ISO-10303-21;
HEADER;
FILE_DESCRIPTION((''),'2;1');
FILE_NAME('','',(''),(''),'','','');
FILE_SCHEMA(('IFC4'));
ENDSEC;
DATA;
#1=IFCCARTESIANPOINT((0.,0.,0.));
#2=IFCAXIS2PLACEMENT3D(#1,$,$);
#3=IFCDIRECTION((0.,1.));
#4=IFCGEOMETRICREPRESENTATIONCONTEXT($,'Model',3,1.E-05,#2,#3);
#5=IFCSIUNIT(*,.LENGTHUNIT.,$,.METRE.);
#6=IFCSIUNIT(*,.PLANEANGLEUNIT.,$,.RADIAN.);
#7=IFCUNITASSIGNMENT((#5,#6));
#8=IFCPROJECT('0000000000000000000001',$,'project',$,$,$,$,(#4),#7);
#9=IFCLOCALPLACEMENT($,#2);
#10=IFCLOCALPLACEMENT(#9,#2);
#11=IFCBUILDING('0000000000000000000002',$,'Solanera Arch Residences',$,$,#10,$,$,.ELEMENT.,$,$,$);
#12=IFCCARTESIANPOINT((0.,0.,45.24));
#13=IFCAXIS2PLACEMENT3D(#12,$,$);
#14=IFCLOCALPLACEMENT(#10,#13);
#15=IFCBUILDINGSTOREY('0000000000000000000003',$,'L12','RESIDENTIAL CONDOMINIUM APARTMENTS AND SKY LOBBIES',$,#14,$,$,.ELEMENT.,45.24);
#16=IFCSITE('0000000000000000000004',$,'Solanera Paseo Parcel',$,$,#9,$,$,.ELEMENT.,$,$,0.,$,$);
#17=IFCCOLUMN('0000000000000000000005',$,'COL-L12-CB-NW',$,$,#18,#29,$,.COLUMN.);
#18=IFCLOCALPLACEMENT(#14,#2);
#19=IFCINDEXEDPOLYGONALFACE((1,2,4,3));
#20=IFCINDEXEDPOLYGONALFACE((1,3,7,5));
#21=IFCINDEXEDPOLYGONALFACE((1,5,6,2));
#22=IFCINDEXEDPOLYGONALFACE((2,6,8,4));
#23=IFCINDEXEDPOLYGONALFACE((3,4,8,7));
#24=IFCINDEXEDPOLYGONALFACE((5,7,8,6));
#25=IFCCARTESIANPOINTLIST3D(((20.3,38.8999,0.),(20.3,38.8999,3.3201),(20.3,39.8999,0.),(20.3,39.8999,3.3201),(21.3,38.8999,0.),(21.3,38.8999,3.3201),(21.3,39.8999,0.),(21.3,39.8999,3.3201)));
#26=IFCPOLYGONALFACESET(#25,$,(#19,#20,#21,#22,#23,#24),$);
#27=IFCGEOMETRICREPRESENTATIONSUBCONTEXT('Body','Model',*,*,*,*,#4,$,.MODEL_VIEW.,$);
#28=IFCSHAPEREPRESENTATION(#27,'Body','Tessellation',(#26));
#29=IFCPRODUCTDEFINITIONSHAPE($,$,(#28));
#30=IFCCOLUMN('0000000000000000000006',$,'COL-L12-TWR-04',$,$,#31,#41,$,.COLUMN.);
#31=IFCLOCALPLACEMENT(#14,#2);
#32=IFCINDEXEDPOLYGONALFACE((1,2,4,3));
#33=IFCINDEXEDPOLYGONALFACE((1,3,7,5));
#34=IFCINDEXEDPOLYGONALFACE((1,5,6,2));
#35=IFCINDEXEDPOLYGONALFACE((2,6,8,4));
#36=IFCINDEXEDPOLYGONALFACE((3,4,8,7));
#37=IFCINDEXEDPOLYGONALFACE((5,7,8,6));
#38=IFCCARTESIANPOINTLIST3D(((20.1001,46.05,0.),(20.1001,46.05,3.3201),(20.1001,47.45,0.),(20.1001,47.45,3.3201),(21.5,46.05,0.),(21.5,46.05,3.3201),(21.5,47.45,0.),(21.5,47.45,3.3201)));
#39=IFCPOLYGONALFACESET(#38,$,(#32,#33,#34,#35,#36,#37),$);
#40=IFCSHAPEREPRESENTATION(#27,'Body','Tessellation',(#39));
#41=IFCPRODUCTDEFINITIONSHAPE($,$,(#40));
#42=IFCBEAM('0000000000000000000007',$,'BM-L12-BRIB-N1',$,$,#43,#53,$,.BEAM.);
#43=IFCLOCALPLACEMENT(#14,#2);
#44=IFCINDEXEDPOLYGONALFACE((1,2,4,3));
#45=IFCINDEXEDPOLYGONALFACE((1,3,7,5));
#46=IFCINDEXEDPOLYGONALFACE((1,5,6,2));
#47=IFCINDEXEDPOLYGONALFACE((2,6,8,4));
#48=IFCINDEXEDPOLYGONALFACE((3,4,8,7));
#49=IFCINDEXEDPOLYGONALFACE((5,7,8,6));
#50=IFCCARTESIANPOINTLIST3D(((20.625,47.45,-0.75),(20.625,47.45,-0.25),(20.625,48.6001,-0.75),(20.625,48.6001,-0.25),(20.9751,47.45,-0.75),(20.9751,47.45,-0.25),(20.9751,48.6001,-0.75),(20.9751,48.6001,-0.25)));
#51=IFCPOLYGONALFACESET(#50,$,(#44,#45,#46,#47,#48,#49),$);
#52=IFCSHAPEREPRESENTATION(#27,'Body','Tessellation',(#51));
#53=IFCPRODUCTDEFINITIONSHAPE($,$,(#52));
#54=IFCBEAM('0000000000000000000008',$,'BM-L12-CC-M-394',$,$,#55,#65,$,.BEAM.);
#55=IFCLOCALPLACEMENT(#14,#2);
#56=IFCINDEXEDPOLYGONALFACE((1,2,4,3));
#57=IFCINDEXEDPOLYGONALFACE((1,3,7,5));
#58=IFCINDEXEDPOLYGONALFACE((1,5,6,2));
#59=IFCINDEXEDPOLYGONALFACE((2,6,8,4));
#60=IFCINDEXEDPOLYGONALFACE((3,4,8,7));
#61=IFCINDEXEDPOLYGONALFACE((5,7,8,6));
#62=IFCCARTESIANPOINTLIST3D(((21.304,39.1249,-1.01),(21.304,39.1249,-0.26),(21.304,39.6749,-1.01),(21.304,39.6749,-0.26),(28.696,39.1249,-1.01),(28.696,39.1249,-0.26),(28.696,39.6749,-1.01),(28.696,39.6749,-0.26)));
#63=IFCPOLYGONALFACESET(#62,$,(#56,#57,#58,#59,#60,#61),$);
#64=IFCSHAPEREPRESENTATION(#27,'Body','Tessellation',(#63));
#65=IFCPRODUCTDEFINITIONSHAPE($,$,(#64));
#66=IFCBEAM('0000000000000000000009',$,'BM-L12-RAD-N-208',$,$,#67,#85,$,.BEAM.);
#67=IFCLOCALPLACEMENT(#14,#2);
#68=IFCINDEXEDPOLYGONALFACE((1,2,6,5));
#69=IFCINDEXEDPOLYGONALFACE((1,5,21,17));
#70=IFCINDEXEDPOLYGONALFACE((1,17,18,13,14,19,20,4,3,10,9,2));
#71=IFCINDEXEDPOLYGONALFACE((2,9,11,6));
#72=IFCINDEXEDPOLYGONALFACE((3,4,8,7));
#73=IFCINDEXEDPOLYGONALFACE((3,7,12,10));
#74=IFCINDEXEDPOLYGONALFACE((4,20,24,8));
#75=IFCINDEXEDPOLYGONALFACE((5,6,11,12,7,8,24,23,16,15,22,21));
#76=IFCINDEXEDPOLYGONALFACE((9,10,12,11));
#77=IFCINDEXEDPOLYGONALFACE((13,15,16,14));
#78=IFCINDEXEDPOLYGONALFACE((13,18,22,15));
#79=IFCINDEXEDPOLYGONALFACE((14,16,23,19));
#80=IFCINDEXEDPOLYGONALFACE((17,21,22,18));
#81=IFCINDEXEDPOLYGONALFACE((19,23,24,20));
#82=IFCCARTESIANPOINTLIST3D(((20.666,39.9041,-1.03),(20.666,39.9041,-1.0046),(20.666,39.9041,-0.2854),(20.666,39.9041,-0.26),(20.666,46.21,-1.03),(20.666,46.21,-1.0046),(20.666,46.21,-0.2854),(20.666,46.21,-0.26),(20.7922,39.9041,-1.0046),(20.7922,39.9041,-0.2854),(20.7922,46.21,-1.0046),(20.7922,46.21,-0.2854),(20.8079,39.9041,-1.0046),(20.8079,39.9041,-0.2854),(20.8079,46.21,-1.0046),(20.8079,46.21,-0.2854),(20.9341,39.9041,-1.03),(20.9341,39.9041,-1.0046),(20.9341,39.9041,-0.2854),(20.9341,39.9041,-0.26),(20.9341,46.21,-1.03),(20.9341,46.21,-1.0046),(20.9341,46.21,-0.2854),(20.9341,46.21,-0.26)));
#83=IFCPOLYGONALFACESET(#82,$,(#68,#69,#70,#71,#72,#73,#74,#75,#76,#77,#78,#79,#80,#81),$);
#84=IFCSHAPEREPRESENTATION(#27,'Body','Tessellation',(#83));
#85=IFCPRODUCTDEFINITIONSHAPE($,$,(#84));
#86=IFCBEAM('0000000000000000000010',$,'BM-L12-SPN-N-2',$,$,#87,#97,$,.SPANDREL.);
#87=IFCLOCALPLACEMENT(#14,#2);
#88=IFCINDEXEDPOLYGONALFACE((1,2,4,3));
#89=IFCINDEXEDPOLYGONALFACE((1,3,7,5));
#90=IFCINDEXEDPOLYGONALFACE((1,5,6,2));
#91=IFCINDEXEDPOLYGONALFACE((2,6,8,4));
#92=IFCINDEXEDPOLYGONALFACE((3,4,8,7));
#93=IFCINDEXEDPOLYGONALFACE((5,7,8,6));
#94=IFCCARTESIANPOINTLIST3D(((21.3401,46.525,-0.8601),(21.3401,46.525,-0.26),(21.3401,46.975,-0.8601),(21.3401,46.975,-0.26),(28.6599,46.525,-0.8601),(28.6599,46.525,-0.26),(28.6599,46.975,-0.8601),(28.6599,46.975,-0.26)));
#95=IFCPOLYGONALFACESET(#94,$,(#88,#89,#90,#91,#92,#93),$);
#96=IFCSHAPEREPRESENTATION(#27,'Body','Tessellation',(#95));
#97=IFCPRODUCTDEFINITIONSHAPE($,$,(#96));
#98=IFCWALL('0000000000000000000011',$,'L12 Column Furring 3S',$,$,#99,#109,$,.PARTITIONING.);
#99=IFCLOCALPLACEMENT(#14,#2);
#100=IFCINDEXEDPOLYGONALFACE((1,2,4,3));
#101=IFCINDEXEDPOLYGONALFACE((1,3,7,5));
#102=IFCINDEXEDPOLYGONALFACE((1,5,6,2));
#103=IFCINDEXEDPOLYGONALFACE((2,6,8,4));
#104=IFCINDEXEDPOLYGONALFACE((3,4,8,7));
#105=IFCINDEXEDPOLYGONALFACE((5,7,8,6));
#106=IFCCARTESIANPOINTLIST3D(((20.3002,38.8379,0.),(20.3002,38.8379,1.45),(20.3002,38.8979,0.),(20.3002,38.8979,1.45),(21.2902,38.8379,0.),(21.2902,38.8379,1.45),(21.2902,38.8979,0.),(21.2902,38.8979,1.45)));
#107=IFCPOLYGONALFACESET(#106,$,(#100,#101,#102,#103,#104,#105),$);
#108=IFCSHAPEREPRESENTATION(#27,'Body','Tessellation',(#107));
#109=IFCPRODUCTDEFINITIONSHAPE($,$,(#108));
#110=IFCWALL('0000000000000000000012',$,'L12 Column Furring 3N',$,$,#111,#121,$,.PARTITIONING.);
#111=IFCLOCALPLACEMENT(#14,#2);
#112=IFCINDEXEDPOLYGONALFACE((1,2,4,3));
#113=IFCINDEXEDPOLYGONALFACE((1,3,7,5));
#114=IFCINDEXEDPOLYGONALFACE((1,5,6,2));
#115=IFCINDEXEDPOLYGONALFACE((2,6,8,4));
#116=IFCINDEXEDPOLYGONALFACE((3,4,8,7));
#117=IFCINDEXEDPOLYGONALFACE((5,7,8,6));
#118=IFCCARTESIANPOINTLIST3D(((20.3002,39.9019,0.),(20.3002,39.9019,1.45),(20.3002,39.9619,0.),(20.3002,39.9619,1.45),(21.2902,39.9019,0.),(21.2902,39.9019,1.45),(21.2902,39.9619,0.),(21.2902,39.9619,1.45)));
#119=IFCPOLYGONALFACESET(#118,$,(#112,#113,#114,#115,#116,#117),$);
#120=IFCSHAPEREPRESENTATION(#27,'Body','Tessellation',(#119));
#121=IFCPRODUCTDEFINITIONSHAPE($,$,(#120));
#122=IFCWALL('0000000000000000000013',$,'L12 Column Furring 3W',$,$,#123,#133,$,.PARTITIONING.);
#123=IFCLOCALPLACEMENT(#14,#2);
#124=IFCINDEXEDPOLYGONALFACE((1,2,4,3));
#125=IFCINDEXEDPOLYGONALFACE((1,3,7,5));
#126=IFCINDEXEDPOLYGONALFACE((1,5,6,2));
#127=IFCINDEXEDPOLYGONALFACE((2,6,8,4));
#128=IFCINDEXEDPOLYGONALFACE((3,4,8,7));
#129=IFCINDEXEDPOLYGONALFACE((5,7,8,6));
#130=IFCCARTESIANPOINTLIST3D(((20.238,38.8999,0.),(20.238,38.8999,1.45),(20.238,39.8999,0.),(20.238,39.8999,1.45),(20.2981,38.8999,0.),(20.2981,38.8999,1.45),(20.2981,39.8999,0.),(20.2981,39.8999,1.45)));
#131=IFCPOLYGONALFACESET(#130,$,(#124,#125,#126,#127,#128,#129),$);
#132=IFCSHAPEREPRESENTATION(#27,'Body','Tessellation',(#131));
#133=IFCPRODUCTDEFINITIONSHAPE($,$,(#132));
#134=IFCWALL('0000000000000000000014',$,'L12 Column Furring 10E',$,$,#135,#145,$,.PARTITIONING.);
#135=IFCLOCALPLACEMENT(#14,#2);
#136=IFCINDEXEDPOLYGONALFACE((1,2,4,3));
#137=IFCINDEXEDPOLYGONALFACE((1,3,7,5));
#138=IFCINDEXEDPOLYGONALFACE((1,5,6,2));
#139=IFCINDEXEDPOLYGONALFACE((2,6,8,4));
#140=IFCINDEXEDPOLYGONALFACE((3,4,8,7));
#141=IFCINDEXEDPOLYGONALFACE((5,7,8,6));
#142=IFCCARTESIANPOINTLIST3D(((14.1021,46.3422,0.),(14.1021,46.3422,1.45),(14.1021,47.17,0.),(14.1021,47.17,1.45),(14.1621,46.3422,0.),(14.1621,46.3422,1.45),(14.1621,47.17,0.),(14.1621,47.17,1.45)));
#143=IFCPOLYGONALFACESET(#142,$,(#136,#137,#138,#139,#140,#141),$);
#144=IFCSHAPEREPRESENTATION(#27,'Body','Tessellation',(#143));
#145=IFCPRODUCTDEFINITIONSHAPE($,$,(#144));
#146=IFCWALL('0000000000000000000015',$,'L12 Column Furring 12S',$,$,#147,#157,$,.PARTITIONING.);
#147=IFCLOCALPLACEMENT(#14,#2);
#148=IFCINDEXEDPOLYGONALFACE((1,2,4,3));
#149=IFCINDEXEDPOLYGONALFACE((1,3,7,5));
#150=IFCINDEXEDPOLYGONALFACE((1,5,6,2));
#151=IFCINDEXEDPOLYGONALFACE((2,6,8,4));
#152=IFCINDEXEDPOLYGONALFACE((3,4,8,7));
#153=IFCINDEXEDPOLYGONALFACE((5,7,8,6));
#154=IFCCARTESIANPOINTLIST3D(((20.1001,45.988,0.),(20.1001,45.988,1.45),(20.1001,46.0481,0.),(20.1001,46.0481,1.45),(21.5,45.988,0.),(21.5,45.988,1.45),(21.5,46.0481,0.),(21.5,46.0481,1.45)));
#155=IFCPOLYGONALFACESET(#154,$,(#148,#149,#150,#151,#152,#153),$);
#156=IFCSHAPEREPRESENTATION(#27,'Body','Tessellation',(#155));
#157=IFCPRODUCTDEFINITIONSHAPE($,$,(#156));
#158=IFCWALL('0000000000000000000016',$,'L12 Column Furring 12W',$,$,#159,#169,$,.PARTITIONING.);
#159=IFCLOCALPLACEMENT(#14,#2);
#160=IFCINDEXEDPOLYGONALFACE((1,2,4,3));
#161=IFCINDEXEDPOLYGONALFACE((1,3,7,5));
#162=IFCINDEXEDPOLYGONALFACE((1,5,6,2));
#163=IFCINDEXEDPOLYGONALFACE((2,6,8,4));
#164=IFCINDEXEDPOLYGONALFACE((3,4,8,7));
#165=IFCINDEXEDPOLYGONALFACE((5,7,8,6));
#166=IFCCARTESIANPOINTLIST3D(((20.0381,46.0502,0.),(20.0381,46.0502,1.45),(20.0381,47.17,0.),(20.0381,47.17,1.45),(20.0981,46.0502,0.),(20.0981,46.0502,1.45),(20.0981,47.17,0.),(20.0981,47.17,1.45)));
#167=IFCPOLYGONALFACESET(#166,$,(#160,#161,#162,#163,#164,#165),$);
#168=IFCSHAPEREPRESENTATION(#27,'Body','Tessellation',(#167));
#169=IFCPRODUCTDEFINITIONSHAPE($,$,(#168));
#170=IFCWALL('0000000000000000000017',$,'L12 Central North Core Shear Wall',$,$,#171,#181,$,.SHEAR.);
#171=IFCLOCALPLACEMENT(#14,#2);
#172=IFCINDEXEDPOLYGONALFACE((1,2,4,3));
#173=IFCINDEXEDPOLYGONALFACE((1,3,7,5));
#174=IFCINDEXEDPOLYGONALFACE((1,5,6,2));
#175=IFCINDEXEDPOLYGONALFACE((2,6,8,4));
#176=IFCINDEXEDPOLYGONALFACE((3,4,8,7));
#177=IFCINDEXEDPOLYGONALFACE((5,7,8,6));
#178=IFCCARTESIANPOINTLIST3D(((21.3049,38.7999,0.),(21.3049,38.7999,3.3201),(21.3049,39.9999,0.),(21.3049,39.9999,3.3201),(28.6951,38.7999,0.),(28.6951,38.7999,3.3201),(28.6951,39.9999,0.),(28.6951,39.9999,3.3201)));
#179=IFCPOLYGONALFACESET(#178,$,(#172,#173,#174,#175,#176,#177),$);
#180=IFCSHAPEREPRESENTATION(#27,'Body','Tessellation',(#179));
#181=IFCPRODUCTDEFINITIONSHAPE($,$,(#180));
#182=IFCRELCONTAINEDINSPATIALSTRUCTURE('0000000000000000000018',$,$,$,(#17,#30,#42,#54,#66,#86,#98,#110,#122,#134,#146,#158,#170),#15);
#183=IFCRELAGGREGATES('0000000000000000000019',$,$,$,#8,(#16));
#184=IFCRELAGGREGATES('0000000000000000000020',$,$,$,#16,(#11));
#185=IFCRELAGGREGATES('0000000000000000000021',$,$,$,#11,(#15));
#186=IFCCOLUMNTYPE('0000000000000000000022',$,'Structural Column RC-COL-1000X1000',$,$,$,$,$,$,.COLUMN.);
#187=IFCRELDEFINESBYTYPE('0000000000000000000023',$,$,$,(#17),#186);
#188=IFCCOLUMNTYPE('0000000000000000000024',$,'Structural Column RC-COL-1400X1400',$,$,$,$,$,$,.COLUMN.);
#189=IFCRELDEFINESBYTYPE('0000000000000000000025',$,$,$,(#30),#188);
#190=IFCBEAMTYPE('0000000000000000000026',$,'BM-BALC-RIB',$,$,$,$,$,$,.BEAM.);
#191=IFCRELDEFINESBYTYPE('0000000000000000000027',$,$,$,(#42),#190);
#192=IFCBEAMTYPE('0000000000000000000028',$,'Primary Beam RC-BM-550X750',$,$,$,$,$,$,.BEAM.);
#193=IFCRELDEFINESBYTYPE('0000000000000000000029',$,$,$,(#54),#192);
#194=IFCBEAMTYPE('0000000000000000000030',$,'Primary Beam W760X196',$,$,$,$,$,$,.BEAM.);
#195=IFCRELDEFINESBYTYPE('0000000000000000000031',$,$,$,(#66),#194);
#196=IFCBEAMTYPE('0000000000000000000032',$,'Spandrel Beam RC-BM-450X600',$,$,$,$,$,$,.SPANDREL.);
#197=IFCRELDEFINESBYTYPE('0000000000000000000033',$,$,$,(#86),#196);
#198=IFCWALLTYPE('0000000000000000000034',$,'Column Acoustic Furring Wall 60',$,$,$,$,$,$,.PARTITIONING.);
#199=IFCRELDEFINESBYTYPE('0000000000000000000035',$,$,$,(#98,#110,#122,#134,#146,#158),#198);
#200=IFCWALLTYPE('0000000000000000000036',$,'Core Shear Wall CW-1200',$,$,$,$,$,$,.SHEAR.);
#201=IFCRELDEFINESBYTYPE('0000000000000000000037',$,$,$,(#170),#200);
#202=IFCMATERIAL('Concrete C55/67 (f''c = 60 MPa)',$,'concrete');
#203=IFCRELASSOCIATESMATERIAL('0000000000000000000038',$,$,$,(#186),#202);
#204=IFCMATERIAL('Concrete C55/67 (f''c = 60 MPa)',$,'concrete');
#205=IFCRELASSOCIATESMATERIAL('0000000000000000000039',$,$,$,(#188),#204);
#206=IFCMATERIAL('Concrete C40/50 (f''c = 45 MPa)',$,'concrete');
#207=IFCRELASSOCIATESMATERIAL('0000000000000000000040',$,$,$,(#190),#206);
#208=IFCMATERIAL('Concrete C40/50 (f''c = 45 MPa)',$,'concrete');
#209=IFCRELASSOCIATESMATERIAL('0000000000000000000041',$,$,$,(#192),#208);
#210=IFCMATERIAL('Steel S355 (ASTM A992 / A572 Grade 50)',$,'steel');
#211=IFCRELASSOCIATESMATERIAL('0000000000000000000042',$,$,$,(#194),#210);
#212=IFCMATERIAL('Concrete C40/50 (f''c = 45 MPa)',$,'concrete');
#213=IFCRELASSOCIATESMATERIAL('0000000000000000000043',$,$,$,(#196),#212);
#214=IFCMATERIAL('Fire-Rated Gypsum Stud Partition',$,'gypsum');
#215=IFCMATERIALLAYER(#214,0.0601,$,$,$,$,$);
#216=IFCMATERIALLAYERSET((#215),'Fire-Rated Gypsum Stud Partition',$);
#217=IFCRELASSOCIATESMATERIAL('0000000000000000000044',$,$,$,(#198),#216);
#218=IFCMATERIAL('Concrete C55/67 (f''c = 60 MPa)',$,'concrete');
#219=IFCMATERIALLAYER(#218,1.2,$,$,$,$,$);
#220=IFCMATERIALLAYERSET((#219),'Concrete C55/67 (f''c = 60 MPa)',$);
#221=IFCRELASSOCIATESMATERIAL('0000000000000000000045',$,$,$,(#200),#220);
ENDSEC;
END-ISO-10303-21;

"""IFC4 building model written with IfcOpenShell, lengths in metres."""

from ifc_helpers import new_model, si_unit, direction, frame, frame_2d, origin, origin_2d, place, context, subcontext, project, spatial, rectangle, i_section, extrude, material, layer, layer_set, material_profile, profile_set, type_object, element, save


model = new_model("IFC4")

# Units and contexts
model_context = context("Model", 3, precision=1e-05, world=origin(), true_north=direction((0.0, 1.0)))
body_context = subcontext(model_context, "Body", "Model", "MODEL_VIEW")
ifc_project = project(units=[si_unit("LENGTHUNIT", "METRE"), si_unit("PLANEANGLEUNIT", "RADIAN")], contexts=[model_context])

# Site, building, storey
site_placement = place(None, origin())
site = spatial("IfcSite", under=ifc_project, at=site_placement, Name="Solanera Paseo Parcel", CompositionType="ELEMENT", RefElevation=0.0)
building_placement = place(site_placement, origin())
building = spatial("IfcBuilding", under=site, at=building_placement, Name="Solanera Arch Residences", CompositionType="ELEMENT")
storey_placement = place(building_placement, frame((0.0, 0.0, 45.24)))
storey = spatial("IfcBuildingStorey", under=building, at=storey_placement, Name="L12", Description="RESIDENTIAL CONDOMINIUM APARTMENTS AND SKY LOBBIES", CompositionType="ELEMENT", Elevation=45.24)

# Columns
ifc_material_1 = material(Name="Concrete C55/67 (f'c = 60 MPa)", Category="concrete")
ifc_material_profile_1 = material_profile(ifc_material_1, rectangle(XDim=1.0, YDim=1.0, at=origin_2d()))
ifc_profile_set_1 = profile_set([ifc_material_profile_1], Name="Concrete C55/67 (f'c = 60 MPa)")
column_type_1 = type_object("IfcColumnType", Name="Structural Column RC-COL-1000X1000", PredefinedType="COLUMN", material=ifc_profile_set_1)
column_1_placement = place(storey_placement, frame((20.8, 39.3999, 0.0), z_axis=(0.0, 0.0, 1.0), x_axis=(1.0, 0.0, 0.0)))
element("IfcColumn", 1, at=column_1_placement, inside=storey, type_object=column_type_1, Name="COL-L12-CB-NW", PredefinedType="COLUMN", context=body_context, shape_type="SweptSolid", body=[
    extrude(rectangle(XDim=1.0, YDim=1.0, at=origin_2d()), origin(), (0.0, 0.0, 1.0), 3.3201),
])
ifc_material_2 = material(Name="Concrete C55/67 (f'c = 60 MPa)", Category="concrete")
ifc_material_profile_2 = material_profile(ifc_material_2, rectangle(XDim=1.3999, YDim=1.3999, at=origin_2d()))
ifc_profile_set_2 = profile_set([ifc_material_profile_2], Name="Concrete C55/67 (f'c = 60 MPa)")
column_type_2 = type_object("IfcColumnType", Name="Structural Column RC-COL-1400X1400", PredefinedType="COLUMN", material=ifc_profile_set_2)
column_2_placement = place(storey_placement, frame((20.8, 46.75, 0.0), z_axis=(0.0, 0.0, 1.0), x_axis=(1.0, 0.0, 0.0)))
element("IfcColumn", 2, at=column_2_placement, inside=storey, type_object=column_type_2, Name="COL-L12-TWR-04", PredefinedType="COLUMN", context=body_context, shape_type="SweptSolid", body=[
    extrude(rectangle(XDim=1.3999, YDim=1.3999, at=origin_2d()), origin(), (0.0, 0.0, 1.0), 3.3201),
])

# Beams
ifc_material_3 = material(Name="Concrete C40/50 (f'c = 45 MPa)", Category="concrete")
ifc_material_profile_3 = material_profile(ifc_material_3, rectangle(XDim=0.3501, YDim=0.5, at=origin_2d()))
ifc_profile_set_3 = profile_set([ifc_material_profile_3], Name="Concrete C40/50 (f'c = 45 MPa)")
beam_type_1 = type_object("IfcBeamType", Name="BM-BALC-RIB", PredefinedType="BEAM", material=ifc_profile_set_3)
beam_1_placement = place(storey_placement, frame((20.8, 47.45, -0.5), z_axis=(0.0, 1.0, 0.0), x_axis=(-1.0, 0.0, 0.0)))
element("IfcBeam", 3, at=beam_1_placement, inside=storey, type_object=beam_type_1, Name="BM-L12-BRIB-N1", PredefinedType="BEAM", context=body_context, shape_type="SweptSolid", body=[
    extrude(rectangle(XDim=0.3501, YDim=0.5, at=origin_2d()), origin(), (0.0, 0.0, 1.0), 1.1501),
])
ifc_material_4 = material(Name="Concrete C40/50 (f'c = 45 MPa)", Category="concrete")
ifc_material_profile_4 = material_profile(ifc_material_4, rectangle(XDim=0.55, YDim=0.75, at=origin_2d()))
ifc_profile_set_4 = profile_set([ifc_material_profile_4], Name="Concrete C40/50 (f'c = 45 MPa)")
beam_type_2 = type_object("IfcBeamType", Name="Primary Beam RC-BM-550X750", PredefinedType="BEAM", material=ifc_profile_set_4)
beam_2_placement = place(storey_placement, frame((21.304, 39.3999, -0.635), z_axis=(1.0, 0.0, 0.0), x_axis=(0.0, 1.0, 0.0)))
element("IfcBeam", 4, at=beam_2_placement, inside=storey, type_object=beam_type_2, Name="BM-L12-CC-M-394", PredefinedType="BEAM", context=body_context, shape_type="SweptSolid", body=[
    extrude(rectangle(XDim=0.55, YDim=0.75, at=origin_2d()), origin(), (0.0, 0.0, 1.0), 7.3921),
])
ifc_material_5 = material(Name="Steel S355 (ASTM A992 / A572 Grade 50)", Category="steel")
ifc_material_profile_5 = material_profile(ifc_material_5, i_section(OverallWidth=0.2681, OverallDepth=0.77, WebThickness=0.0156, FlangeThickness=0.0254, at=origin_2d()))
ifc_profile_set_5 = profile_set([ifc_material_profile_5], Name="Steel S355 (ASTM A992 / A572 Grade 50)")
beam_type_3 = type_object("IfcBeamType", Name="Primary Beam W760X196", PredefinedType="BEAM", material=ifc_profile_set_5)
beam_3_placement = place(storey_placement, frame((20.8, 39.9041, -0.645), z_axis=(0.0, 1.0, 0.0), x_axis=(-1.0, 0.0, 0.0)))
element("IfcBeam", 5, at=beam_3_placement, inside=storey, type_object=beam_type_3, Name="BM-L12-RAD-N-208", PredefinedType="BEAM", context=body_context, shape_type="SweptSolid", body=[
    extrude(i_section(OverallWidth=0.2681, OverallDepth=0.77, WebThickness=0.0156, FlangeThickness=0.0254, at=origin_2d()), origin(), (0.0, 0.0, 1.0), 6.3059),
])
ifc_material_6 = material(Name="Concrete C40/50 (f'c = 45 MPa)", Category="concrete")
ifc_material_profile_6 = material_profile(ifc_material_6, rectangle(XDim=0.45, YDim=0.6001, at=origin_2d()))
ifc_profile_set_6 = profile_set([ifc_material_profile_6], Name="Concrete C40/50 (f'c = 45 MPa)")
beam_type_4 = type_object("IfcBeamType", Name="Spandrel Beam RC-BM-450X600", PredefinedType="SPANDREL", material=ifc_profile_set_6)
beam_4_placement = place(storey_placement, frame((21.3401, 46.75, -0.5601), z_axis=(1.0, 0.0, 0.0), x_axis=(0.0, 1.0, 0.0)))
element("IfcBeam", 6, at=beam_4_placement, inside=storey, type_object=beam_type_4, Name="BM-L12-SPN-N-2", PredefinedType="SPANDREL", context=body_context, shape_type="SweptSolid", body=[
    extrude(rectangle(XDim=0.45, YDim=0.6001, at=origin_2d()), origin(), (0.0, 0.0, 1.0), 7.3198),
])

# Walls
ifc_material_7 = material(Name="Fire-Rated Gypsum Stud Partition", Category="gypsum")
ifc_layer_1 = layer(ifc_material_7, 0.0601)
ifc_layer_set_1 = layer_set([ifc_layer_1], Name="Fire-Rated Gypsum Stud Partition")
wall_type_1 = type_object("IfcWallType", Name="Column Acoustic Furring Wall 60", PredefinedType="PARTITIONING", material=ifc_layer_set_1)
for number, where, z_axis, x_axis, name in (
    (7, (20.3, 38.8679, 0.0), (0.0, 0.0, 1.0), (1.0, 0.0, 0.0), "L12 Column Furring 3S"),
    (8, (20.3, 39.9319, 0.0), (0.0, 0.0, 1.0), (1.0, 0.0, 0.0), "L12 Column Furring 3N"),
):
    element("IfcWall", number, at=place(storey_placement, frame(where, z_axis=z_axis, x_axis=x_axis)), inside=storey, type_object=wall_type_1, Name=name, PredefinedType="PARTITIONING", context=body_context, shape_type="SweptSolid", body=[
        extrude(rectangle(XDim=0.99, YDim=0.0601, at=frame_2d((0.4951, 0.0))), origin(), (0.0, 0.0, 1.0), 1.45),
    ])
wall_1_placement = place(storey_placement, frame((20.2681, 38.8999, 0.0), z_axis=(0.0, 0.0, 1.0), x_axis=(0.0, 1.0, 0.0)))
element("IfcWall", 9, at=wall_1_placement, inside=storey, type_object=wall_type_1, Name="L12 Column Furring 3W", PredefinedType="PARTITIONING", context=body_context, shape_type="SweptSolid", body=[
    extrude(rectangle(XDim=1.0, YDim=0.0601, at=frame_2d((0.5, 0.0))), origin(), (0.0, 0.0, 1.0), 1.45),
])
wall_2_placement = place(storey_placement, frame((14.1321, 46.342, 0.0), z_axis=(0.0, 0.0, 1.0), x_axis=(0.0, 1.0, 0.0)))
element("IfcWall", 10, at=wall_2_placement, inside=storey, type_object=wall_type_1, Name="L12 Column Furring 10E", PredefinedType="PARTITIONING", context=body_context, shape_type="SweptSolid", body=[
    extrude(rectangle(XDim=0.8279, YDim=0.0601, at=frame_2d((0.4141, 0.0))), origin(), (0.0, 0.0, 1.0), 1.45),
])
wall_3_placement = place(storey_placement, frame((20.1001, 46.0181, 0.0), z_axis=(0.0, 0.0, 1.0), x_axis=(1.0, 0.0, 0.0)))
element("IfcWall", 11, at=wall_3_placement, inside=storey, type_object=wall_type_1, Name="L12 Column Furring 12S", PredefinedType="PARTITIONING", context=body_context, shape_type="SweptSolid", body=[
    extrude(rectangle(XDim=1.3999, YDim=0.0601, at=frame_2d((0.7, 0.0))), origin(), (0.0, 0.0, 1.0), 1.45),
])
wall_4_placement = place(storey_placement, frame((20.0681, 46.05, 0.0), z_axis=(0.0, 0.0, 1.0), x_axis=(0.0, 1.0, 0.0)))
element("IfcWall", 12, at=wall_4_placement, inside=storey, type_object=wall_type_1, Name="L12 Column Furring 12W", PredefinedType="PARTITIONING", context=body_context, shape_type="SweptSolid", body=[
    extrude(rectangle(XDim=1.1199, YDim=0.0601, at=frame_2d((0.5601, 0.0))), origin(), (0.0, 0.0, 1.0), 1.45),
])
ifc_material_8 = material(Name="Concrete C55/67 (f'c = 60 MPa)", Category="concrete")
ifc_layer_2 = layer(ifc_material_8, 1.2)
ifc_layer_set_2 = layer_set([ifc_layer_2], Name="Concrete C55/67 (f'c = 60 MPa)")
wall_type_2 = type_object("IfcWallType", Name="Core Shear Wall CW-1200", PredefinedType="SHEAR", material=ifc_layer_set_2)
wall_5_placement = place(storey_placement, frame((21.3049, 39.3999, 0.0), z_axis=(0.0, 0.0, 1.0), x_axis=(1.0, 0.0, 0.0)))
element("IfcWall", 13, at=wall_5_placement, inside=storey, type_object=wall_type_2, Name="L12 Central North Core Shear Wall", PredefinedType="SHEAR", context=body_context, shape_type="SweptSolid", body=[
    extrude(rectangle(XDim=7.3901, YDim=1.2, at=frame_2d((3.6951, 0.0))), origin(), (0.0, 0.0, 1.0), 3.3201),
])

save(model, "model.ifc")
